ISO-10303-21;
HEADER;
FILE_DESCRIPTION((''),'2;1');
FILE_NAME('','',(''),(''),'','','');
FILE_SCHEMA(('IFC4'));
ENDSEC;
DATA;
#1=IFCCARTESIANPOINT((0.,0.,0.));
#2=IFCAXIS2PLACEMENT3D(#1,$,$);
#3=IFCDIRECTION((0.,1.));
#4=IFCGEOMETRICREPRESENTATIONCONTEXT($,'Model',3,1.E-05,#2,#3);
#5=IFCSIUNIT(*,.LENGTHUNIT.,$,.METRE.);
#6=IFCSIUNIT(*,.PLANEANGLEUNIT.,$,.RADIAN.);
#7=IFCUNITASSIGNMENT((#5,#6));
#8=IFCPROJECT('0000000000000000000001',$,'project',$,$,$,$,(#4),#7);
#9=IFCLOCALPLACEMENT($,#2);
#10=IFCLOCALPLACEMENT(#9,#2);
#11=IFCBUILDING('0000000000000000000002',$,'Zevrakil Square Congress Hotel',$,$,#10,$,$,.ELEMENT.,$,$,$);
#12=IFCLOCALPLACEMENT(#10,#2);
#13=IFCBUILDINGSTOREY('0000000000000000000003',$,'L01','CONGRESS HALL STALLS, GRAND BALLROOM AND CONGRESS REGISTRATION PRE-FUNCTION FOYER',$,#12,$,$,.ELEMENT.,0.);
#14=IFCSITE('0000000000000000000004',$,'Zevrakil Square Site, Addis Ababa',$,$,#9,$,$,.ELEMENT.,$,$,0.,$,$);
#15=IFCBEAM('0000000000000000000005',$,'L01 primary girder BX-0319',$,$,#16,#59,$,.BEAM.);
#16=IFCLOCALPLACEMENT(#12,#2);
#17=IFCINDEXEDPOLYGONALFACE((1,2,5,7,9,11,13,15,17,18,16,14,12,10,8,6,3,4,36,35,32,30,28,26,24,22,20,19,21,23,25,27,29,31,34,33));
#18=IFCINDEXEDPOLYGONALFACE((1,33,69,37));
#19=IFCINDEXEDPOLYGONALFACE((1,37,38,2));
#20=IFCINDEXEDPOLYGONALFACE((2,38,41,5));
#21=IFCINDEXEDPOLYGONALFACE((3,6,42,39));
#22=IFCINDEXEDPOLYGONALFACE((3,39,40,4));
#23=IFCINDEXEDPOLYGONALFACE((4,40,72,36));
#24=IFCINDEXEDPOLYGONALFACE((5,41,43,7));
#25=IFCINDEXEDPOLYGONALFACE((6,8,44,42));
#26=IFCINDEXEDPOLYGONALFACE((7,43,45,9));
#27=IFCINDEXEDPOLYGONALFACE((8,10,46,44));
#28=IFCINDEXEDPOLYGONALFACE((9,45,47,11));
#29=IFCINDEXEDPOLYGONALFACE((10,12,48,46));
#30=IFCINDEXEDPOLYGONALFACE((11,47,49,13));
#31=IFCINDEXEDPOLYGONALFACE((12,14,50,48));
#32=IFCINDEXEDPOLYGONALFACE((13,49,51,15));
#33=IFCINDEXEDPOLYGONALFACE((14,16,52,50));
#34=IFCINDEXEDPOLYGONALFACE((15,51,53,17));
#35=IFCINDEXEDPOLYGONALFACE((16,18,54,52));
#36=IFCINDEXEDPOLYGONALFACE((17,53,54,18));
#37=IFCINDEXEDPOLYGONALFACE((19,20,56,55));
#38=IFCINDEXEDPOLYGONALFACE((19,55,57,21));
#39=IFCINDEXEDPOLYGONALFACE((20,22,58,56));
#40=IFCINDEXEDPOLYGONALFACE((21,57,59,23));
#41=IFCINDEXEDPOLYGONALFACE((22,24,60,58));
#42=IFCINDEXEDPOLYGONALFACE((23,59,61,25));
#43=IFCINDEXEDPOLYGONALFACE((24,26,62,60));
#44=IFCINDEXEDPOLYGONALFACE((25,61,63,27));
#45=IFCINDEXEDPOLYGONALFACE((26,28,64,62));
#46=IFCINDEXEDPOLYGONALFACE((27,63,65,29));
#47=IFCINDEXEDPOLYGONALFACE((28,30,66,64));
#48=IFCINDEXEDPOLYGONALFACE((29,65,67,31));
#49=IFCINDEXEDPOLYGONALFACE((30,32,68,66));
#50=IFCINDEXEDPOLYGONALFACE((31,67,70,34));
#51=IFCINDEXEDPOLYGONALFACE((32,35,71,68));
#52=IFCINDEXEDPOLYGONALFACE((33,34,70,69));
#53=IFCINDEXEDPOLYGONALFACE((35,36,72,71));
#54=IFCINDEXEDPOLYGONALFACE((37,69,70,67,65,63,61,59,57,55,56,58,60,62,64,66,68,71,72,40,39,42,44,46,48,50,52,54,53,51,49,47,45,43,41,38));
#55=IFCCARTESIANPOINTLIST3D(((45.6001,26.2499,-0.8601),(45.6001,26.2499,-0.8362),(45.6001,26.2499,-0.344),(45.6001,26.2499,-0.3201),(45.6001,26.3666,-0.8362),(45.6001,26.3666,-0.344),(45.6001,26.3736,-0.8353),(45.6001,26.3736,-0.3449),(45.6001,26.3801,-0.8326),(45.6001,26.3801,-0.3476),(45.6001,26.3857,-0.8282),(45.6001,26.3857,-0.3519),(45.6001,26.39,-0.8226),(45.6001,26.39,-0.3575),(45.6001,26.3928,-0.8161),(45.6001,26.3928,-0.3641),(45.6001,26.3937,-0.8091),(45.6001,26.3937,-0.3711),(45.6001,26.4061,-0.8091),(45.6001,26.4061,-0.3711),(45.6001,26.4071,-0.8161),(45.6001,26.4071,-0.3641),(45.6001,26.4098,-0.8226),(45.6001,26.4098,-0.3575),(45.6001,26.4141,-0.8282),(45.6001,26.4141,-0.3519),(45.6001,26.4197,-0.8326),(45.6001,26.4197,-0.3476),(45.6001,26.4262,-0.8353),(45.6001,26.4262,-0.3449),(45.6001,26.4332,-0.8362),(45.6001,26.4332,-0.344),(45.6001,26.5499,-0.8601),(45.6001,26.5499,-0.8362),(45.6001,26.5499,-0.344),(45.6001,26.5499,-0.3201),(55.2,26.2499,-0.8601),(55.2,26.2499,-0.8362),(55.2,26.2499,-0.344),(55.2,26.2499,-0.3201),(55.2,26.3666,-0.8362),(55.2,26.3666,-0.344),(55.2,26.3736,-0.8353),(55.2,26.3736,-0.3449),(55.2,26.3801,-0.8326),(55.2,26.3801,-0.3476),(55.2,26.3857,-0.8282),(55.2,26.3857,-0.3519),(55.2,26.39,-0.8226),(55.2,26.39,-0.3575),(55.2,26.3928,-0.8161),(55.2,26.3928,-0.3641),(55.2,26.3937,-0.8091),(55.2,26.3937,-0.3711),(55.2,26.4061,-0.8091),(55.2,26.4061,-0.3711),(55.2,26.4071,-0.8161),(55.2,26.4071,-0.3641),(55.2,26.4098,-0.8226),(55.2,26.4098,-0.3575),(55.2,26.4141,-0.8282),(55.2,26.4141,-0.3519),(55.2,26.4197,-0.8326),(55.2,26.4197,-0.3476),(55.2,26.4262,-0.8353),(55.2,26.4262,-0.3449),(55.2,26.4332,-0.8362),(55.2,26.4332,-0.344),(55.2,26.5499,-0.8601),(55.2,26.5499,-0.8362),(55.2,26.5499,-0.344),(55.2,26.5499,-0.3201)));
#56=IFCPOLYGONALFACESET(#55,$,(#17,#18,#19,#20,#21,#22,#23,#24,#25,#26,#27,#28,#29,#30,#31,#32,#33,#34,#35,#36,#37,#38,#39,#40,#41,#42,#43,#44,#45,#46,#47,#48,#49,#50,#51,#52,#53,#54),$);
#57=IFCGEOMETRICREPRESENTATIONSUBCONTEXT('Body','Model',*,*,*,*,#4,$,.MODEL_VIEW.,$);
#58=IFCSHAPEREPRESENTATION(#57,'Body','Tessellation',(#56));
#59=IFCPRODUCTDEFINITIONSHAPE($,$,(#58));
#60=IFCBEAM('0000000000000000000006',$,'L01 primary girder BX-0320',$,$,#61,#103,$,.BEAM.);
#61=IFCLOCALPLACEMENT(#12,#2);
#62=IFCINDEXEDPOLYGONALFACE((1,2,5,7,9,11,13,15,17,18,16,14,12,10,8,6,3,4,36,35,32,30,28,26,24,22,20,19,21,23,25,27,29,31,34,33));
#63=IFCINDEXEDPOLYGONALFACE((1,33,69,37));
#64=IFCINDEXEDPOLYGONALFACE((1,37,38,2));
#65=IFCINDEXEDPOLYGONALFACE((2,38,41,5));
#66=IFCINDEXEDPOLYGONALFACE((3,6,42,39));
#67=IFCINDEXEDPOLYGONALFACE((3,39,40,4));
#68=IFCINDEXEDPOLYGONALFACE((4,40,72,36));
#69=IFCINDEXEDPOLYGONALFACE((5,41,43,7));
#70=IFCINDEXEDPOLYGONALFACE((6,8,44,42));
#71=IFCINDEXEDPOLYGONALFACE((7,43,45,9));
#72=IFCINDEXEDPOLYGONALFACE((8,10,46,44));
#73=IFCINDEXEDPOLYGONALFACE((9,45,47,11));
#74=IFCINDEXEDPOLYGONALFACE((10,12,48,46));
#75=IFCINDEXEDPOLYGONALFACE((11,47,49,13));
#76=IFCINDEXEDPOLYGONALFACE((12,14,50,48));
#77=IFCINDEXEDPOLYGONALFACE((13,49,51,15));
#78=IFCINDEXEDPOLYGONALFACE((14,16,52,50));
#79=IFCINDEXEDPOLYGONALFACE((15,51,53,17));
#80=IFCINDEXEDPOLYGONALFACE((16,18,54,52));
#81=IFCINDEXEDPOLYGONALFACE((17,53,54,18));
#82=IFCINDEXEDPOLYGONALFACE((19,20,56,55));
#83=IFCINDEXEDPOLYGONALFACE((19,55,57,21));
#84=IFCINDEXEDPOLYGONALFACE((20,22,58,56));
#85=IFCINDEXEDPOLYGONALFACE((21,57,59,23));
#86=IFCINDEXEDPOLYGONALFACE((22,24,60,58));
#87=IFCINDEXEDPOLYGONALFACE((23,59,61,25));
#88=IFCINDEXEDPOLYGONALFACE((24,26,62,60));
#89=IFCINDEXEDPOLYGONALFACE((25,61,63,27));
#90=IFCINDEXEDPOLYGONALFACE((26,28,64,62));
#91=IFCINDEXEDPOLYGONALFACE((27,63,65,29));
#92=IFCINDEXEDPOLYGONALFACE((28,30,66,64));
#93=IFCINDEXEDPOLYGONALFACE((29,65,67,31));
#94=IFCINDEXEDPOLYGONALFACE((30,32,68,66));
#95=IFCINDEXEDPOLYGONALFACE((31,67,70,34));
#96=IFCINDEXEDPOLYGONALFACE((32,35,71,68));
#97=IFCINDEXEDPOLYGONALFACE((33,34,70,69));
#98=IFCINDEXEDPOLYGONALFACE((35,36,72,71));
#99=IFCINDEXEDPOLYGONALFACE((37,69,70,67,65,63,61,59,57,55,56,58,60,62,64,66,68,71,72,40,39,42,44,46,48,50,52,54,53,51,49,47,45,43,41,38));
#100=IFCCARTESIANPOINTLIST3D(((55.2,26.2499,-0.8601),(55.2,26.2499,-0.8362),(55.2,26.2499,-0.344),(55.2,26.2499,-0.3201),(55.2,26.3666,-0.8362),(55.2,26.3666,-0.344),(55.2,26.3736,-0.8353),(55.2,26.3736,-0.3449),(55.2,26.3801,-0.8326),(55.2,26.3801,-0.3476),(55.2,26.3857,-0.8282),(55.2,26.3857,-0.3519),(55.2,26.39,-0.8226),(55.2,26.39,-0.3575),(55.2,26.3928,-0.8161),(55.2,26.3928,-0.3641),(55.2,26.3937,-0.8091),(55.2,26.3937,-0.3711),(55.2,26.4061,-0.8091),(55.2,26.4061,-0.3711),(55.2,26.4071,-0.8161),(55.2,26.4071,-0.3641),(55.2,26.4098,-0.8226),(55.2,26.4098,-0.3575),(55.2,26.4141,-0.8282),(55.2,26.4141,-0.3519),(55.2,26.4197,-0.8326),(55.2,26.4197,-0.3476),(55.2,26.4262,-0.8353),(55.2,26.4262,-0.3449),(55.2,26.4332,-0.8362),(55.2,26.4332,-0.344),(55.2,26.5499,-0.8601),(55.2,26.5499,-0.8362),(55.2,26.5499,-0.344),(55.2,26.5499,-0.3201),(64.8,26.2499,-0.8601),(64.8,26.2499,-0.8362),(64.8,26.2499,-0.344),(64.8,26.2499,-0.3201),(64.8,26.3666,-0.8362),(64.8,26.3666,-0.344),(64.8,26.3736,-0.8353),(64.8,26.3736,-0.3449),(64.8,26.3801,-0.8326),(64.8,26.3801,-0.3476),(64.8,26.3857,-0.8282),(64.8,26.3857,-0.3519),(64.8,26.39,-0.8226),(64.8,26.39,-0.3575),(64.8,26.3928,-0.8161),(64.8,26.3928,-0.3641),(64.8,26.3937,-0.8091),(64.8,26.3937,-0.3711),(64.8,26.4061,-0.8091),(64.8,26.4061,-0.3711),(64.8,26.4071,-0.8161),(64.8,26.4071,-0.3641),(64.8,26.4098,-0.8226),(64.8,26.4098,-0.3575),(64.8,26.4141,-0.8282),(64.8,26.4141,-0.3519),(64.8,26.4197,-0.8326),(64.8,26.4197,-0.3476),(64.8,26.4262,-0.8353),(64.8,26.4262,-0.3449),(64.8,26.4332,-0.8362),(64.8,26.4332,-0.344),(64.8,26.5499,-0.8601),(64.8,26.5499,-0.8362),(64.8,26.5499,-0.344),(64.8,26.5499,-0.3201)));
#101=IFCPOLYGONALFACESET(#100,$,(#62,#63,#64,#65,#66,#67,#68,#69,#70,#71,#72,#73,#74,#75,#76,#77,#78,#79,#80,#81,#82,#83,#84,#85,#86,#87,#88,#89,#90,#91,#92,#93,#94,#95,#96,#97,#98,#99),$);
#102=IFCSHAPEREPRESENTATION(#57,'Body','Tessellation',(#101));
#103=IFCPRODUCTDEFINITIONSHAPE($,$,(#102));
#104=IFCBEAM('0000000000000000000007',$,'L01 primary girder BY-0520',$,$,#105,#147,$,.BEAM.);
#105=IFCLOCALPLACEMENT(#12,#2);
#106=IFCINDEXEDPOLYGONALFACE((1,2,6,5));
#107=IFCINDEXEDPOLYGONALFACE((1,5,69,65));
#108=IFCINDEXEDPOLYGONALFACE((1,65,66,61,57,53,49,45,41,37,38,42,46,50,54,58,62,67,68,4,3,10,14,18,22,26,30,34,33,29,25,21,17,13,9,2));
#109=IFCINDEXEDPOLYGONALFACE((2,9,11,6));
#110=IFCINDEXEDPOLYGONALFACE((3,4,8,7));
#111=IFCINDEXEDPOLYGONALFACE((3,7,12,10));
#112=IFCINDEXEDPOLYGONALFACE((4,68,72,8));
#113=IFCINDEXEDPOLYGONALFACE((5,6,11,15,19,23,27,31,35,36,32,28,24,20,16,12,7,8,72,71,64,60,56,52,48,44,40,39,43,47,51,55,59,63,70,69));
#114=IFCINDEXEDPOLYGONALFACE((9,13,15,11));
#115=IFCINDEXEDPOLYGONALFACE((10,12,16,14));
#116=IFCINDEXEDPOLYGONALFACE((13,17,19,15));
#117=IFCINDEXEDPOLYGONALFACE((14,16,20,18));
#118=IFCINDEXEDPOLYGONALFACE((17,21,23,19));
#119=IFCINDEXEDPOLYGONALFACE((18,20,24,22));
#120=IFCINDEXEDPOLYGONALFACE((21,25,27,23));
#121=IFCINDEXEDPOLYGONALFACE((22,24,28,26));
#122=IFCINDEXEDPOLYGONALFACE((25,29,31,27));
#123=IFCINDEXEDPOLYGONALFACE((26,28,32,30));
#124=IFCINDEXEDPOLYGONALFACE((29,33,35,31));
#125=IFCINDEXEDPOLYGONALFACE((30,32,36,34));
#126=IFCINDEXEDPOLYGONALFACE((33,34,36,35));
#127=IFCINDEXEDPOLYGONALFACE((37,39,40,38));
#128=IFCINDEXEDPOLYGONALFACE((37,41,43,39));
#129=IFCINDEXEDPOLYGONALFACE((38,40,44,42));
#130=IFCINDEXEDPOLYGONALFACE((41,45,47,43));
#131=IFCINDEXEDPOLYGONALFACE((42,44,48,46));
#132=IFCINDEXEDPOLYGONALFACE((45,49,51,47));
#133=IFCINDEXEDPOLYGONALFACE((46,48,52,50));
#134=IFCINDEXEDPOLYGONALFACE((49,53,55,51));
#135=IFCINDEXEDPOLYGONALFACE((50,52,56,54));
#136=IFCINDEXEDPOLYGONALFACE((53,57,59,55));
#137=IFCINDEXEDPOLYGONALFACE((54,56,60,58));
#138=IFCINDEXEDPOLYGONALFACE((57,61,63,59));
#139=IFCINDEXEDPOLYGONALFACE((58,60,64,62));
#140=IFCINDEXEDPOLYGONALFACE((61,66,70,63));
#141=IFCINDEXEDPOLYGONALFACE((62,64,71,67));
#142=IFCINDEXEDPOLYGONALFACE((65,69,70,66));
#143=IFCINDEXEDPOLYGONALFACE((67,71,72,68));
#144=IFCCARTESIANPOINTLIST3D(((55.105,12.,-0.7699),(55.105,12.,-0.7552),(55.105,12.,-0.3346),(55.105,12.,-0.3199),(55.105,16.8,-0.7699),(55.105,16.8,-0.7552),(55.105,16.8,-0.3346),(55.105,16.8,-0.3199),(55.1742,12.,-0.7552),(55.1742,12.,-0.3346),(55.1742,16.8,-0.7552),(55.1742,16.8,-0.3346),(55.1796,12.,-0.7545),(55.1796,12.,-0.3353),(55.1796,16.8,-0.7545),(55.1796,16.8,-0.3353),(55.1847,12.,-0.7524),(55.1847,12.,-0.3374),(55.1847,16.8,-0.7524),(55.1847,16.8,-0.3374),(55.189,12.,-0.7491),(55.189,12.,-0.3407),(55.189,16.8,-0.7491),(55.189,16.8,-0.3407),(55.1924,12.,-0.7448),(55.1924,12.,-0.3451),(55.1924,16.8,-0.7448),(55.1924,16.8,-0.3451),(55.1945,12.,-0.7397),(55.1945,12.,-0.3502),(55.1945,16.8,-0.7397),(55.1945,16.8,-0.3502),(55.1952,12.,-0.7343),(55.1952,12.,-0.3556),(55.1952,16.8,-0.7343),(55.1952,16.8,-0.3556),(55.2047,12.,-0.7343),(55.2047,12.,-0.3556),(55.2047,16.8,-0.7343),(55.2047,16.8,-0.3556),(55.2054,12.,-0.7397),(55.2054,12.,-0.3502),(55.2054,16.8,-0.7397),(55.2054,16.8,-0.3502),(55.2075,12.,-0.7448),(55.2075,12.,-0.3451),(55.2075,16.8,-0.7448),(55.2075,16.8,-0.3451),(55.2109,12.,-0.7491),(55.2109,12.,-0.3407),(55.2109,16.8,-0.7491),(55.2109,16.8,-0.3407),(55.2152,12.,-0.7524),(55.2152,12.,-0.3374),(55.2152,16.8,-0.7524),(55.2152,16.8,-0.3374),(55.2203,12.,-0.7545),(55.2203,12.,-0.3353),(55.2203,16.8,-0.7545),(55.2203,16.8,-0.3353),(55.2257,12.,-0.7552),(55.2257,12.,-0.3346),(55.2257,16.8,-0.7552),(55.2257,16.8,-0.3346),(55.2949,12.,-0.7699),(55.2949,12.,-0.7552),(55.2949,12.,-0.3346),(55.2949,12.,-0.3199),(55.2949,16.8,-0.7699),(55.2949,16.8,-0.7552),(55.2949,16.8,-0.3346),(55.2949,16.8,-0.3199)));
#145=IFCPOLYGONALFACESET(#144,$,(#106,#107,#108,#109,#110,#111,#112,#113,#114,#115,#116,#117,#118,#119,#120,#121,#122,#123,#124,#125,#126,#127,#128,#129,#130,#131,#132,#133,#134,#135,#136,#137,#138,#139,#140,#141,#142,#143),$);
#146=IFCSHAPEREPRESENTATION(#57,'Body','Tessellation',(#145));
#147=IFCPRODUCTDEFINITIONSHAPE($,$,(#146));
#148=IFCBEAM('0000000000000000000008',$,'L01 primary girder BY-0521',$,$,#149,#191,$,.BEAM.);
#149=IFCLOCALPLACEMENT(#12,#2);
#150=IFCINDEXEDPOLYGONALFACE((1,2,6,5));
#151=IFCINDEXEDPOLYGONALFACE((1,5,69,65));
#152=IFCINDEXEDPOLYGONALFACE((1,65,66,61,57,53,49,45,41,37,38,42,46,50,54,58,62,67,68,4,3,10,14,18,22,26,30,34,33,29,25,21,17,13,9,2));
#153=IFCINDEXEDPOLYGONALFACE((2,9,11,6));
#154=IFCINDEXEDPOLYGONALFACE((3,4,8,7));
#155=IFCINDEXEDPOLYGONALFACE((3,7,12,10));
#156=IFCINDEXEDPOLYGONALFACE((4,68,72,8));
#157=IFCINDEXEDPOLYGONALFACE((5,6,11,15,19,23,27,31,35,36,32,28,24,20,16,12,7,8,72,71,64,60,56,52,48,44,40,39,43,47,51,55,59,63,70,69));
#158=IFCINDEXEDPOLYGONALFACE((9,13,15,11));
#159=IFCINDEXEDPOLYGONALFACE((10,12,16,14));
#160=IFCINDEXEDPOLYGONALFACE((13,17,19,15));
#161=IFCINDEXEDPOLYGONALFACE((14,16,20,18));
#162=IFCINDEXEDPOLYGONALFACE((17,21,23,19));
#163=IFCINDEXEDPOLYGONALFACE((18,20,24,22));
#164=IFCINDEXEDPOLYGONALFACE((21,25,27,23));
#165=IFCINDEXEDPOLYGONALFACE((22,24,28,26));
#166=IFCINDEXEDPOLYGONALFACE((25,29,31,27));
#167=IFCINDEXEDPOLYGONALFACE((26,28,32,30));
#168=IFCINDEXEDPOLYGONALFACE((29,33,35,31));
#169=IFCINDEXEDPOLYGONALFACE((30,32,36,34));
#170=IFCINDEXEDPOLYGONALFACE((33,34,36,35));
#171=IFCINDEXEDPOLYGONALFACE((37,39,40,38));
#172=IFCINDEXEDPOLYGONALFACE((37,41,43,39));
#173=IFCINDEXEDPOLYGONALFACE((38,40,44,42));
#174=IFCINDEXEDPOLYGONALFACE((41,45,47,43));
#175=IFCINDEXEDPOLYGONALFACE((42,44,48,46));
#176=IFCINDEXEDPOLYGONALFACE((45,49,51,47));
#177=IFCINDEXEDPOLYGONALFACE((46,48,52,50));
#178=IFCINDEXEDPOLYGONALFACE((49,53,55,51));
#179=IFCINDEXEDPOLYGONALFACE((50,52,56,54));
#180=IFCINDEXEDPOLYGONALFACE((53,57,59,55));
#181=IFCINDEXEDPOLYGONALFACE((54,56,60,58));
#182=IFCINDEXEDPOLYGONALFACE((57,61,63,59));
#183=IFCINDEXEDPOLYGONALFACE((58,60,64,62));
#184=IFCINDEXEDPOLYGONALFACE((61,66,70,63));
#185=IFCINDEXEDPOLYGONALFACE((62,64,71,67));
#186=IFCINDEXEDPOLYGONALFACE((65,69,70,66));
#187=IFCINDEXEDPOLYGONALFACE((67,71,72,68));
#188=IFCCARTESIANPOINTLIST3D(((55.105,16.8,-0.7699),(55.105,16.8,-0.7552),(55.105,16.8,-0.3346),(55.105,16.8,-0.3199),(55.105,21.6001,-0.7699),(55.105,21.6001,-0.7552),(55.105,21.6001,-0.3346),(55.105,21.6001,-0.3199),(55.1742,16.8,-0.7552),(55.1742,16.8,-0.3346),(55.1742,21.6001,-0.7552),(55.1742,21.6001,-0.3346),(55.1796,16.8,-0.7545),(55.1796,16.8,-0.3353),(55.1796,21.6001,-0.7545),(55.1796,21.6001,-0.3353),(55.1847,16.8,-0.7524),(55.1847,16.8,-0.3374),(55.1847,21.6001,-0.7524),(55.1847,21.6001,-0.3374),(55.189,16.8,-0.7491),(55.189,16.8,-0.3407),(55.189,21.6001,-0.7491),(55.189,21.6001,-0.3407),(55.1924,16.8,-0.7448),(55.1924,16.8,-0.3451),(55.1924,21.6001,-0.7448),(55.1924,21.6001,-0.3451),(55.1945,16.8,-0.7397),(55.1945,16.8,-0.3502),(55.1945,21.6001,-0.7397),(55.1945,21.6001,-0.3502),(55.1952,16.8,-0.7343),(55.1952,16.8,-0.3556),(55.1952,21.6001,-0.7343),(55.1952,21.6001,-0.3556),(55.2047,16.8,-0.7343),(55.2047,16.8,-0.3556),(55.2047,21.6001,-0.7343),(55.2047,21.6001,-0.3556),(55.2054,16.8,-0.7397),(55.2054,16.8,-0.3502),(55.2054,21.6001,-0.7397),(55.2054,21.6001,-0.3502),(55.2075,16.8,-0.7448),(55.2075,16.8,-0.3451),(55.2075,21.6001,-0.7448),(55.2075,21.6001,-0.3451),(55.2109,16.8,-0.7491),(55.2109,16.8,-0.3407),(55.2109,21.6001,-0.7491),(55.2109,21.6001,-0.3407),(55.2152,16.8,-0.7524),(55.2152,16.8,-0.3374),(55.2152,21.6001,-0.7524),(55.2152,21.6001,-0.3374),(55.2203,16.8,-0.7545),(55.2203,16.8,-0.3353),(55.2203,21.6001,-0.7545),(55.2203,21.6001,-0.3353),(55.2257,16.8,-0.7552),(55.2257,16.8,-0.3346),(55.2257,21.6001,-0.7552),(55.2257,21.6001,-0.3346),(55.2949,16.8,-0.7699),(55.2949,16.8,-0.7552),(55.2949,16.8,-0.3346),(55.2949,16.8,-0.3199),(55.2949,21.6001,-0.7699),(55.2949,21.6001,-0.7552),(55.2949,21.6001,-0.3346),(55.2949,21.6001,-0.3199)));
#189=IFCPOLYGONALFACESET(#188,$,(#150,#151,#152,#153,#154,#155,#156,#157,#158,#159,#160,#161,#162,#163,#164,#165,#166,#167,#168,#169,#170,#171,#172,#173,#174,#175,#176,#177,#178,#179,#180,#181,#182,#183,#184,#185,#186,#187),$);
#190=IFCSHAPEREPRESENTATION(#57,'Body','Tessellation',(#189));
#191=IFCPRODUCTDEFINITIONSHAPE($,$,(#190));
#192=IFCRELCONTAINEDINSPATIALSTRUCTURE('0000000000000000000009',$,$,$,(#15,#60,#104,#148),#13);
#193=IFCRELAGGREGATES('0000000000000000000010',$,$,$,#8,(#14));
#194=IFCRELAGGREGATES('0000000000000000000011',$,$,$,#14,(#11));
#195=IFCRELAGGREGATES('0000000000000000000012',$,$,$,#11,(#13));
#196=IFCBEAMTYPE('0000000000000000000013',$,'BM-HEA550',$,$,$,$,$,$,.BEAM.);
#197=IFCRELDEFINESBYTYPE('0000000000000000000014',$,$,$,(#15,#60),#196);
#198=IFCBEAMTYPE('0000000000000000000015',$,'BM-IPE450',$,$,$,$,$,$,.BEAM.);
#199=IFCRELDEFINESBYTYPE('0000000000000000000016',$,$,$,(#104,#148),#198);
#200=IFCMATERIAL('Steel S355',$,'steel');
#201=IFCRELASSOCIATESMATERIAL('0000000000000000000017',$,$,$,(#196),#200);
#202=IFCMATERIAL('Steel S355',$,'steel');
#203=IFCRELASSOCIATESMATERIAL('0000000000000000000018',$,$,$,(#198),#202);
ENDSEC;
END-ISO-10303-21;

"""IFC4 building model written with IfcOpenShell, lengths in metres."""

from ifc_helpers import new_model, si_unit, direction, frame, origin, origin_2d, place, context, subcontext, project, spatial, i_section, extrude, material, material_profile, profile_set, type_object, element, save


model = new_model("IFC4")

# Units and contexts
model_context = context("Model", 3, precision=1e-05, world=origin(), true_north=direction((0.0, 1.0)))
body_context = subcontext(model_context, "Body", "Model", "MODEL_VIEW")
ifc_project = project(units=[si_unit("LENGTHUNIT", "METRE"), si_unit("PLANEANGLEUNIT", "RADIAN")], contexts=[model_context])

# Site, building, storey
site_placement = place(None, origin())
site = spatial("IfcSite", under=ifc_project, at=site_placement, Name="Zevrakil Square Site, Addis Ababa", CompositionType="ELEMENT", RefElevation=0.0)
building_placement = place(site_placement, origin())
building = spatial("IfcBuilding", under=site, at=building_placement, Name="Zevrakil Square Congress Hotel", CompositionType="ELEMENT")
storey_placement = place(building_placement, origin())
storey = spatial("IfcBuildingStorey", under=building, at=storey_placement, Name="L01", Description="CONGRESS HALL STALLS, GRAND BALLROOM AND CONGRESS REGISTRATION PRE-FUNCTION FOYER", CompositionType="ELEMENT", Elevation=0.0)

# Beams
ifc_material_1 = material(Name="Steel S355", Category="steel")
ifc_material_profile_1 = material_profile(ifc_material_1, i_section(OverallWidth=0.3, OverallDepth=0.54, WebThickness=0.0125, FlangeThickness=0.0239, FilletRadius=0.0271, at=origin_2d()), Name="HEA 550")
ifc_profile_set_1 = profile_set([ifc_material_profile_1], Name="Steel S355")
beam_type_1 = type_object("IfcBeamType", Name="BM-HEA550", PredefinedType="BEAM", material=ifc_profile_set_1)
beam_1_placement = place(storey_placement, frame((45.6001, 26.3999, -0.5901), z_axis=(1.0, 0.0, 0.0), x_axis=(0.0, 1.0, 0.0)))
element("IfcBeam", 1, at=beam_1_placement, inside=storey, type_object=beam_type_1, Name="L01 primary girder BX-0319", PredefinedType="BEAM", context=body_context, shape_type="SweptSolid", body=[
    extrude(i_section(OverallWidth=0.3, OverallDepth=0.54, WebThickness=0.0125, FlangeThickness=0.0239, FilletRadius=0.0271, at=origin_2d()), origin(), (0.0, 0.0, 1.0), 9.5999),
])
beam_2_placement = place(storey_placement, frame((55.2, 26.3999, -0.5901), z_axis=(1.0, 0.0, 0.0), x_axis=(0.0, 1.0, 0.0)))
element("IfcBeam", 2, at=beam_2_placement, inside=storey, type_object=beam_type_1, Name="L01 primary girder BX-0320", PredefinedType="BEAM", context=body_context, shape_type="SweptSolid", body=[
    extrude(i_section(OverallWidth=0.3, OverallDepth=0.54, WebThickness=0.0125, FlangeThickness=0.0239, FilletRadius=0.0271, at=origin_2d()), origin(), (0.0, 0.0, 1.0), 9.6001),
])
ifc_material_2 = material(Name="Steel S355", Category="steel")
ifc_material_profile_2 = material_profile(ifc_material_2, i_section(OverallWidth=0.1899, OverallDepth=0.45, WebThickness=0.0095, FlangeThickness=0.0146, FilletRadius=0.021, at=origin_2d()), Name="IPE 450")
ifc_profile_set_2 = profile_set([ifc_material_profile_2], Name="Steel S355")
beam_type_2 = type_object("IfcBeamType", Name="BM-IPE450", PredefinedType="BEAM", material=ifc_profile_set_2)
for number, where, z_axis, x_axis, name in (
    (3, (55.2, 12.0, -0.5449), (0.0, 1.0, 0.0), (-1.0, 0.0, 0.0), "L01 primary girder BY-0520"),
    (4, (55.2, 16.8, -0.5449), (0.0, 1.0, 0.0), (-1.0, 0.0, 0.0), "L01 primary girder BY-0521"),
):
    element("IfcBeam", number, at=place(storey_placement, frame(where, z_axis=z_axis, x_axis=x_axis)), inside=storey, type_object=beam_type_2, Name=name, PredefinedType="BEAM", context=body_context, shape_type="SweptSolid", body=[
        extrude(i_section(OverallWidth=0.1899, OverallDepth=0.45, WebThickness=0.0095, FlangeThickness=0.0146, FilletRadius=0.021, at=origin_2d()), origin(), (0.0, 0.0, 1.0), 4.8),
    ])

save(model, "model.ifc")
